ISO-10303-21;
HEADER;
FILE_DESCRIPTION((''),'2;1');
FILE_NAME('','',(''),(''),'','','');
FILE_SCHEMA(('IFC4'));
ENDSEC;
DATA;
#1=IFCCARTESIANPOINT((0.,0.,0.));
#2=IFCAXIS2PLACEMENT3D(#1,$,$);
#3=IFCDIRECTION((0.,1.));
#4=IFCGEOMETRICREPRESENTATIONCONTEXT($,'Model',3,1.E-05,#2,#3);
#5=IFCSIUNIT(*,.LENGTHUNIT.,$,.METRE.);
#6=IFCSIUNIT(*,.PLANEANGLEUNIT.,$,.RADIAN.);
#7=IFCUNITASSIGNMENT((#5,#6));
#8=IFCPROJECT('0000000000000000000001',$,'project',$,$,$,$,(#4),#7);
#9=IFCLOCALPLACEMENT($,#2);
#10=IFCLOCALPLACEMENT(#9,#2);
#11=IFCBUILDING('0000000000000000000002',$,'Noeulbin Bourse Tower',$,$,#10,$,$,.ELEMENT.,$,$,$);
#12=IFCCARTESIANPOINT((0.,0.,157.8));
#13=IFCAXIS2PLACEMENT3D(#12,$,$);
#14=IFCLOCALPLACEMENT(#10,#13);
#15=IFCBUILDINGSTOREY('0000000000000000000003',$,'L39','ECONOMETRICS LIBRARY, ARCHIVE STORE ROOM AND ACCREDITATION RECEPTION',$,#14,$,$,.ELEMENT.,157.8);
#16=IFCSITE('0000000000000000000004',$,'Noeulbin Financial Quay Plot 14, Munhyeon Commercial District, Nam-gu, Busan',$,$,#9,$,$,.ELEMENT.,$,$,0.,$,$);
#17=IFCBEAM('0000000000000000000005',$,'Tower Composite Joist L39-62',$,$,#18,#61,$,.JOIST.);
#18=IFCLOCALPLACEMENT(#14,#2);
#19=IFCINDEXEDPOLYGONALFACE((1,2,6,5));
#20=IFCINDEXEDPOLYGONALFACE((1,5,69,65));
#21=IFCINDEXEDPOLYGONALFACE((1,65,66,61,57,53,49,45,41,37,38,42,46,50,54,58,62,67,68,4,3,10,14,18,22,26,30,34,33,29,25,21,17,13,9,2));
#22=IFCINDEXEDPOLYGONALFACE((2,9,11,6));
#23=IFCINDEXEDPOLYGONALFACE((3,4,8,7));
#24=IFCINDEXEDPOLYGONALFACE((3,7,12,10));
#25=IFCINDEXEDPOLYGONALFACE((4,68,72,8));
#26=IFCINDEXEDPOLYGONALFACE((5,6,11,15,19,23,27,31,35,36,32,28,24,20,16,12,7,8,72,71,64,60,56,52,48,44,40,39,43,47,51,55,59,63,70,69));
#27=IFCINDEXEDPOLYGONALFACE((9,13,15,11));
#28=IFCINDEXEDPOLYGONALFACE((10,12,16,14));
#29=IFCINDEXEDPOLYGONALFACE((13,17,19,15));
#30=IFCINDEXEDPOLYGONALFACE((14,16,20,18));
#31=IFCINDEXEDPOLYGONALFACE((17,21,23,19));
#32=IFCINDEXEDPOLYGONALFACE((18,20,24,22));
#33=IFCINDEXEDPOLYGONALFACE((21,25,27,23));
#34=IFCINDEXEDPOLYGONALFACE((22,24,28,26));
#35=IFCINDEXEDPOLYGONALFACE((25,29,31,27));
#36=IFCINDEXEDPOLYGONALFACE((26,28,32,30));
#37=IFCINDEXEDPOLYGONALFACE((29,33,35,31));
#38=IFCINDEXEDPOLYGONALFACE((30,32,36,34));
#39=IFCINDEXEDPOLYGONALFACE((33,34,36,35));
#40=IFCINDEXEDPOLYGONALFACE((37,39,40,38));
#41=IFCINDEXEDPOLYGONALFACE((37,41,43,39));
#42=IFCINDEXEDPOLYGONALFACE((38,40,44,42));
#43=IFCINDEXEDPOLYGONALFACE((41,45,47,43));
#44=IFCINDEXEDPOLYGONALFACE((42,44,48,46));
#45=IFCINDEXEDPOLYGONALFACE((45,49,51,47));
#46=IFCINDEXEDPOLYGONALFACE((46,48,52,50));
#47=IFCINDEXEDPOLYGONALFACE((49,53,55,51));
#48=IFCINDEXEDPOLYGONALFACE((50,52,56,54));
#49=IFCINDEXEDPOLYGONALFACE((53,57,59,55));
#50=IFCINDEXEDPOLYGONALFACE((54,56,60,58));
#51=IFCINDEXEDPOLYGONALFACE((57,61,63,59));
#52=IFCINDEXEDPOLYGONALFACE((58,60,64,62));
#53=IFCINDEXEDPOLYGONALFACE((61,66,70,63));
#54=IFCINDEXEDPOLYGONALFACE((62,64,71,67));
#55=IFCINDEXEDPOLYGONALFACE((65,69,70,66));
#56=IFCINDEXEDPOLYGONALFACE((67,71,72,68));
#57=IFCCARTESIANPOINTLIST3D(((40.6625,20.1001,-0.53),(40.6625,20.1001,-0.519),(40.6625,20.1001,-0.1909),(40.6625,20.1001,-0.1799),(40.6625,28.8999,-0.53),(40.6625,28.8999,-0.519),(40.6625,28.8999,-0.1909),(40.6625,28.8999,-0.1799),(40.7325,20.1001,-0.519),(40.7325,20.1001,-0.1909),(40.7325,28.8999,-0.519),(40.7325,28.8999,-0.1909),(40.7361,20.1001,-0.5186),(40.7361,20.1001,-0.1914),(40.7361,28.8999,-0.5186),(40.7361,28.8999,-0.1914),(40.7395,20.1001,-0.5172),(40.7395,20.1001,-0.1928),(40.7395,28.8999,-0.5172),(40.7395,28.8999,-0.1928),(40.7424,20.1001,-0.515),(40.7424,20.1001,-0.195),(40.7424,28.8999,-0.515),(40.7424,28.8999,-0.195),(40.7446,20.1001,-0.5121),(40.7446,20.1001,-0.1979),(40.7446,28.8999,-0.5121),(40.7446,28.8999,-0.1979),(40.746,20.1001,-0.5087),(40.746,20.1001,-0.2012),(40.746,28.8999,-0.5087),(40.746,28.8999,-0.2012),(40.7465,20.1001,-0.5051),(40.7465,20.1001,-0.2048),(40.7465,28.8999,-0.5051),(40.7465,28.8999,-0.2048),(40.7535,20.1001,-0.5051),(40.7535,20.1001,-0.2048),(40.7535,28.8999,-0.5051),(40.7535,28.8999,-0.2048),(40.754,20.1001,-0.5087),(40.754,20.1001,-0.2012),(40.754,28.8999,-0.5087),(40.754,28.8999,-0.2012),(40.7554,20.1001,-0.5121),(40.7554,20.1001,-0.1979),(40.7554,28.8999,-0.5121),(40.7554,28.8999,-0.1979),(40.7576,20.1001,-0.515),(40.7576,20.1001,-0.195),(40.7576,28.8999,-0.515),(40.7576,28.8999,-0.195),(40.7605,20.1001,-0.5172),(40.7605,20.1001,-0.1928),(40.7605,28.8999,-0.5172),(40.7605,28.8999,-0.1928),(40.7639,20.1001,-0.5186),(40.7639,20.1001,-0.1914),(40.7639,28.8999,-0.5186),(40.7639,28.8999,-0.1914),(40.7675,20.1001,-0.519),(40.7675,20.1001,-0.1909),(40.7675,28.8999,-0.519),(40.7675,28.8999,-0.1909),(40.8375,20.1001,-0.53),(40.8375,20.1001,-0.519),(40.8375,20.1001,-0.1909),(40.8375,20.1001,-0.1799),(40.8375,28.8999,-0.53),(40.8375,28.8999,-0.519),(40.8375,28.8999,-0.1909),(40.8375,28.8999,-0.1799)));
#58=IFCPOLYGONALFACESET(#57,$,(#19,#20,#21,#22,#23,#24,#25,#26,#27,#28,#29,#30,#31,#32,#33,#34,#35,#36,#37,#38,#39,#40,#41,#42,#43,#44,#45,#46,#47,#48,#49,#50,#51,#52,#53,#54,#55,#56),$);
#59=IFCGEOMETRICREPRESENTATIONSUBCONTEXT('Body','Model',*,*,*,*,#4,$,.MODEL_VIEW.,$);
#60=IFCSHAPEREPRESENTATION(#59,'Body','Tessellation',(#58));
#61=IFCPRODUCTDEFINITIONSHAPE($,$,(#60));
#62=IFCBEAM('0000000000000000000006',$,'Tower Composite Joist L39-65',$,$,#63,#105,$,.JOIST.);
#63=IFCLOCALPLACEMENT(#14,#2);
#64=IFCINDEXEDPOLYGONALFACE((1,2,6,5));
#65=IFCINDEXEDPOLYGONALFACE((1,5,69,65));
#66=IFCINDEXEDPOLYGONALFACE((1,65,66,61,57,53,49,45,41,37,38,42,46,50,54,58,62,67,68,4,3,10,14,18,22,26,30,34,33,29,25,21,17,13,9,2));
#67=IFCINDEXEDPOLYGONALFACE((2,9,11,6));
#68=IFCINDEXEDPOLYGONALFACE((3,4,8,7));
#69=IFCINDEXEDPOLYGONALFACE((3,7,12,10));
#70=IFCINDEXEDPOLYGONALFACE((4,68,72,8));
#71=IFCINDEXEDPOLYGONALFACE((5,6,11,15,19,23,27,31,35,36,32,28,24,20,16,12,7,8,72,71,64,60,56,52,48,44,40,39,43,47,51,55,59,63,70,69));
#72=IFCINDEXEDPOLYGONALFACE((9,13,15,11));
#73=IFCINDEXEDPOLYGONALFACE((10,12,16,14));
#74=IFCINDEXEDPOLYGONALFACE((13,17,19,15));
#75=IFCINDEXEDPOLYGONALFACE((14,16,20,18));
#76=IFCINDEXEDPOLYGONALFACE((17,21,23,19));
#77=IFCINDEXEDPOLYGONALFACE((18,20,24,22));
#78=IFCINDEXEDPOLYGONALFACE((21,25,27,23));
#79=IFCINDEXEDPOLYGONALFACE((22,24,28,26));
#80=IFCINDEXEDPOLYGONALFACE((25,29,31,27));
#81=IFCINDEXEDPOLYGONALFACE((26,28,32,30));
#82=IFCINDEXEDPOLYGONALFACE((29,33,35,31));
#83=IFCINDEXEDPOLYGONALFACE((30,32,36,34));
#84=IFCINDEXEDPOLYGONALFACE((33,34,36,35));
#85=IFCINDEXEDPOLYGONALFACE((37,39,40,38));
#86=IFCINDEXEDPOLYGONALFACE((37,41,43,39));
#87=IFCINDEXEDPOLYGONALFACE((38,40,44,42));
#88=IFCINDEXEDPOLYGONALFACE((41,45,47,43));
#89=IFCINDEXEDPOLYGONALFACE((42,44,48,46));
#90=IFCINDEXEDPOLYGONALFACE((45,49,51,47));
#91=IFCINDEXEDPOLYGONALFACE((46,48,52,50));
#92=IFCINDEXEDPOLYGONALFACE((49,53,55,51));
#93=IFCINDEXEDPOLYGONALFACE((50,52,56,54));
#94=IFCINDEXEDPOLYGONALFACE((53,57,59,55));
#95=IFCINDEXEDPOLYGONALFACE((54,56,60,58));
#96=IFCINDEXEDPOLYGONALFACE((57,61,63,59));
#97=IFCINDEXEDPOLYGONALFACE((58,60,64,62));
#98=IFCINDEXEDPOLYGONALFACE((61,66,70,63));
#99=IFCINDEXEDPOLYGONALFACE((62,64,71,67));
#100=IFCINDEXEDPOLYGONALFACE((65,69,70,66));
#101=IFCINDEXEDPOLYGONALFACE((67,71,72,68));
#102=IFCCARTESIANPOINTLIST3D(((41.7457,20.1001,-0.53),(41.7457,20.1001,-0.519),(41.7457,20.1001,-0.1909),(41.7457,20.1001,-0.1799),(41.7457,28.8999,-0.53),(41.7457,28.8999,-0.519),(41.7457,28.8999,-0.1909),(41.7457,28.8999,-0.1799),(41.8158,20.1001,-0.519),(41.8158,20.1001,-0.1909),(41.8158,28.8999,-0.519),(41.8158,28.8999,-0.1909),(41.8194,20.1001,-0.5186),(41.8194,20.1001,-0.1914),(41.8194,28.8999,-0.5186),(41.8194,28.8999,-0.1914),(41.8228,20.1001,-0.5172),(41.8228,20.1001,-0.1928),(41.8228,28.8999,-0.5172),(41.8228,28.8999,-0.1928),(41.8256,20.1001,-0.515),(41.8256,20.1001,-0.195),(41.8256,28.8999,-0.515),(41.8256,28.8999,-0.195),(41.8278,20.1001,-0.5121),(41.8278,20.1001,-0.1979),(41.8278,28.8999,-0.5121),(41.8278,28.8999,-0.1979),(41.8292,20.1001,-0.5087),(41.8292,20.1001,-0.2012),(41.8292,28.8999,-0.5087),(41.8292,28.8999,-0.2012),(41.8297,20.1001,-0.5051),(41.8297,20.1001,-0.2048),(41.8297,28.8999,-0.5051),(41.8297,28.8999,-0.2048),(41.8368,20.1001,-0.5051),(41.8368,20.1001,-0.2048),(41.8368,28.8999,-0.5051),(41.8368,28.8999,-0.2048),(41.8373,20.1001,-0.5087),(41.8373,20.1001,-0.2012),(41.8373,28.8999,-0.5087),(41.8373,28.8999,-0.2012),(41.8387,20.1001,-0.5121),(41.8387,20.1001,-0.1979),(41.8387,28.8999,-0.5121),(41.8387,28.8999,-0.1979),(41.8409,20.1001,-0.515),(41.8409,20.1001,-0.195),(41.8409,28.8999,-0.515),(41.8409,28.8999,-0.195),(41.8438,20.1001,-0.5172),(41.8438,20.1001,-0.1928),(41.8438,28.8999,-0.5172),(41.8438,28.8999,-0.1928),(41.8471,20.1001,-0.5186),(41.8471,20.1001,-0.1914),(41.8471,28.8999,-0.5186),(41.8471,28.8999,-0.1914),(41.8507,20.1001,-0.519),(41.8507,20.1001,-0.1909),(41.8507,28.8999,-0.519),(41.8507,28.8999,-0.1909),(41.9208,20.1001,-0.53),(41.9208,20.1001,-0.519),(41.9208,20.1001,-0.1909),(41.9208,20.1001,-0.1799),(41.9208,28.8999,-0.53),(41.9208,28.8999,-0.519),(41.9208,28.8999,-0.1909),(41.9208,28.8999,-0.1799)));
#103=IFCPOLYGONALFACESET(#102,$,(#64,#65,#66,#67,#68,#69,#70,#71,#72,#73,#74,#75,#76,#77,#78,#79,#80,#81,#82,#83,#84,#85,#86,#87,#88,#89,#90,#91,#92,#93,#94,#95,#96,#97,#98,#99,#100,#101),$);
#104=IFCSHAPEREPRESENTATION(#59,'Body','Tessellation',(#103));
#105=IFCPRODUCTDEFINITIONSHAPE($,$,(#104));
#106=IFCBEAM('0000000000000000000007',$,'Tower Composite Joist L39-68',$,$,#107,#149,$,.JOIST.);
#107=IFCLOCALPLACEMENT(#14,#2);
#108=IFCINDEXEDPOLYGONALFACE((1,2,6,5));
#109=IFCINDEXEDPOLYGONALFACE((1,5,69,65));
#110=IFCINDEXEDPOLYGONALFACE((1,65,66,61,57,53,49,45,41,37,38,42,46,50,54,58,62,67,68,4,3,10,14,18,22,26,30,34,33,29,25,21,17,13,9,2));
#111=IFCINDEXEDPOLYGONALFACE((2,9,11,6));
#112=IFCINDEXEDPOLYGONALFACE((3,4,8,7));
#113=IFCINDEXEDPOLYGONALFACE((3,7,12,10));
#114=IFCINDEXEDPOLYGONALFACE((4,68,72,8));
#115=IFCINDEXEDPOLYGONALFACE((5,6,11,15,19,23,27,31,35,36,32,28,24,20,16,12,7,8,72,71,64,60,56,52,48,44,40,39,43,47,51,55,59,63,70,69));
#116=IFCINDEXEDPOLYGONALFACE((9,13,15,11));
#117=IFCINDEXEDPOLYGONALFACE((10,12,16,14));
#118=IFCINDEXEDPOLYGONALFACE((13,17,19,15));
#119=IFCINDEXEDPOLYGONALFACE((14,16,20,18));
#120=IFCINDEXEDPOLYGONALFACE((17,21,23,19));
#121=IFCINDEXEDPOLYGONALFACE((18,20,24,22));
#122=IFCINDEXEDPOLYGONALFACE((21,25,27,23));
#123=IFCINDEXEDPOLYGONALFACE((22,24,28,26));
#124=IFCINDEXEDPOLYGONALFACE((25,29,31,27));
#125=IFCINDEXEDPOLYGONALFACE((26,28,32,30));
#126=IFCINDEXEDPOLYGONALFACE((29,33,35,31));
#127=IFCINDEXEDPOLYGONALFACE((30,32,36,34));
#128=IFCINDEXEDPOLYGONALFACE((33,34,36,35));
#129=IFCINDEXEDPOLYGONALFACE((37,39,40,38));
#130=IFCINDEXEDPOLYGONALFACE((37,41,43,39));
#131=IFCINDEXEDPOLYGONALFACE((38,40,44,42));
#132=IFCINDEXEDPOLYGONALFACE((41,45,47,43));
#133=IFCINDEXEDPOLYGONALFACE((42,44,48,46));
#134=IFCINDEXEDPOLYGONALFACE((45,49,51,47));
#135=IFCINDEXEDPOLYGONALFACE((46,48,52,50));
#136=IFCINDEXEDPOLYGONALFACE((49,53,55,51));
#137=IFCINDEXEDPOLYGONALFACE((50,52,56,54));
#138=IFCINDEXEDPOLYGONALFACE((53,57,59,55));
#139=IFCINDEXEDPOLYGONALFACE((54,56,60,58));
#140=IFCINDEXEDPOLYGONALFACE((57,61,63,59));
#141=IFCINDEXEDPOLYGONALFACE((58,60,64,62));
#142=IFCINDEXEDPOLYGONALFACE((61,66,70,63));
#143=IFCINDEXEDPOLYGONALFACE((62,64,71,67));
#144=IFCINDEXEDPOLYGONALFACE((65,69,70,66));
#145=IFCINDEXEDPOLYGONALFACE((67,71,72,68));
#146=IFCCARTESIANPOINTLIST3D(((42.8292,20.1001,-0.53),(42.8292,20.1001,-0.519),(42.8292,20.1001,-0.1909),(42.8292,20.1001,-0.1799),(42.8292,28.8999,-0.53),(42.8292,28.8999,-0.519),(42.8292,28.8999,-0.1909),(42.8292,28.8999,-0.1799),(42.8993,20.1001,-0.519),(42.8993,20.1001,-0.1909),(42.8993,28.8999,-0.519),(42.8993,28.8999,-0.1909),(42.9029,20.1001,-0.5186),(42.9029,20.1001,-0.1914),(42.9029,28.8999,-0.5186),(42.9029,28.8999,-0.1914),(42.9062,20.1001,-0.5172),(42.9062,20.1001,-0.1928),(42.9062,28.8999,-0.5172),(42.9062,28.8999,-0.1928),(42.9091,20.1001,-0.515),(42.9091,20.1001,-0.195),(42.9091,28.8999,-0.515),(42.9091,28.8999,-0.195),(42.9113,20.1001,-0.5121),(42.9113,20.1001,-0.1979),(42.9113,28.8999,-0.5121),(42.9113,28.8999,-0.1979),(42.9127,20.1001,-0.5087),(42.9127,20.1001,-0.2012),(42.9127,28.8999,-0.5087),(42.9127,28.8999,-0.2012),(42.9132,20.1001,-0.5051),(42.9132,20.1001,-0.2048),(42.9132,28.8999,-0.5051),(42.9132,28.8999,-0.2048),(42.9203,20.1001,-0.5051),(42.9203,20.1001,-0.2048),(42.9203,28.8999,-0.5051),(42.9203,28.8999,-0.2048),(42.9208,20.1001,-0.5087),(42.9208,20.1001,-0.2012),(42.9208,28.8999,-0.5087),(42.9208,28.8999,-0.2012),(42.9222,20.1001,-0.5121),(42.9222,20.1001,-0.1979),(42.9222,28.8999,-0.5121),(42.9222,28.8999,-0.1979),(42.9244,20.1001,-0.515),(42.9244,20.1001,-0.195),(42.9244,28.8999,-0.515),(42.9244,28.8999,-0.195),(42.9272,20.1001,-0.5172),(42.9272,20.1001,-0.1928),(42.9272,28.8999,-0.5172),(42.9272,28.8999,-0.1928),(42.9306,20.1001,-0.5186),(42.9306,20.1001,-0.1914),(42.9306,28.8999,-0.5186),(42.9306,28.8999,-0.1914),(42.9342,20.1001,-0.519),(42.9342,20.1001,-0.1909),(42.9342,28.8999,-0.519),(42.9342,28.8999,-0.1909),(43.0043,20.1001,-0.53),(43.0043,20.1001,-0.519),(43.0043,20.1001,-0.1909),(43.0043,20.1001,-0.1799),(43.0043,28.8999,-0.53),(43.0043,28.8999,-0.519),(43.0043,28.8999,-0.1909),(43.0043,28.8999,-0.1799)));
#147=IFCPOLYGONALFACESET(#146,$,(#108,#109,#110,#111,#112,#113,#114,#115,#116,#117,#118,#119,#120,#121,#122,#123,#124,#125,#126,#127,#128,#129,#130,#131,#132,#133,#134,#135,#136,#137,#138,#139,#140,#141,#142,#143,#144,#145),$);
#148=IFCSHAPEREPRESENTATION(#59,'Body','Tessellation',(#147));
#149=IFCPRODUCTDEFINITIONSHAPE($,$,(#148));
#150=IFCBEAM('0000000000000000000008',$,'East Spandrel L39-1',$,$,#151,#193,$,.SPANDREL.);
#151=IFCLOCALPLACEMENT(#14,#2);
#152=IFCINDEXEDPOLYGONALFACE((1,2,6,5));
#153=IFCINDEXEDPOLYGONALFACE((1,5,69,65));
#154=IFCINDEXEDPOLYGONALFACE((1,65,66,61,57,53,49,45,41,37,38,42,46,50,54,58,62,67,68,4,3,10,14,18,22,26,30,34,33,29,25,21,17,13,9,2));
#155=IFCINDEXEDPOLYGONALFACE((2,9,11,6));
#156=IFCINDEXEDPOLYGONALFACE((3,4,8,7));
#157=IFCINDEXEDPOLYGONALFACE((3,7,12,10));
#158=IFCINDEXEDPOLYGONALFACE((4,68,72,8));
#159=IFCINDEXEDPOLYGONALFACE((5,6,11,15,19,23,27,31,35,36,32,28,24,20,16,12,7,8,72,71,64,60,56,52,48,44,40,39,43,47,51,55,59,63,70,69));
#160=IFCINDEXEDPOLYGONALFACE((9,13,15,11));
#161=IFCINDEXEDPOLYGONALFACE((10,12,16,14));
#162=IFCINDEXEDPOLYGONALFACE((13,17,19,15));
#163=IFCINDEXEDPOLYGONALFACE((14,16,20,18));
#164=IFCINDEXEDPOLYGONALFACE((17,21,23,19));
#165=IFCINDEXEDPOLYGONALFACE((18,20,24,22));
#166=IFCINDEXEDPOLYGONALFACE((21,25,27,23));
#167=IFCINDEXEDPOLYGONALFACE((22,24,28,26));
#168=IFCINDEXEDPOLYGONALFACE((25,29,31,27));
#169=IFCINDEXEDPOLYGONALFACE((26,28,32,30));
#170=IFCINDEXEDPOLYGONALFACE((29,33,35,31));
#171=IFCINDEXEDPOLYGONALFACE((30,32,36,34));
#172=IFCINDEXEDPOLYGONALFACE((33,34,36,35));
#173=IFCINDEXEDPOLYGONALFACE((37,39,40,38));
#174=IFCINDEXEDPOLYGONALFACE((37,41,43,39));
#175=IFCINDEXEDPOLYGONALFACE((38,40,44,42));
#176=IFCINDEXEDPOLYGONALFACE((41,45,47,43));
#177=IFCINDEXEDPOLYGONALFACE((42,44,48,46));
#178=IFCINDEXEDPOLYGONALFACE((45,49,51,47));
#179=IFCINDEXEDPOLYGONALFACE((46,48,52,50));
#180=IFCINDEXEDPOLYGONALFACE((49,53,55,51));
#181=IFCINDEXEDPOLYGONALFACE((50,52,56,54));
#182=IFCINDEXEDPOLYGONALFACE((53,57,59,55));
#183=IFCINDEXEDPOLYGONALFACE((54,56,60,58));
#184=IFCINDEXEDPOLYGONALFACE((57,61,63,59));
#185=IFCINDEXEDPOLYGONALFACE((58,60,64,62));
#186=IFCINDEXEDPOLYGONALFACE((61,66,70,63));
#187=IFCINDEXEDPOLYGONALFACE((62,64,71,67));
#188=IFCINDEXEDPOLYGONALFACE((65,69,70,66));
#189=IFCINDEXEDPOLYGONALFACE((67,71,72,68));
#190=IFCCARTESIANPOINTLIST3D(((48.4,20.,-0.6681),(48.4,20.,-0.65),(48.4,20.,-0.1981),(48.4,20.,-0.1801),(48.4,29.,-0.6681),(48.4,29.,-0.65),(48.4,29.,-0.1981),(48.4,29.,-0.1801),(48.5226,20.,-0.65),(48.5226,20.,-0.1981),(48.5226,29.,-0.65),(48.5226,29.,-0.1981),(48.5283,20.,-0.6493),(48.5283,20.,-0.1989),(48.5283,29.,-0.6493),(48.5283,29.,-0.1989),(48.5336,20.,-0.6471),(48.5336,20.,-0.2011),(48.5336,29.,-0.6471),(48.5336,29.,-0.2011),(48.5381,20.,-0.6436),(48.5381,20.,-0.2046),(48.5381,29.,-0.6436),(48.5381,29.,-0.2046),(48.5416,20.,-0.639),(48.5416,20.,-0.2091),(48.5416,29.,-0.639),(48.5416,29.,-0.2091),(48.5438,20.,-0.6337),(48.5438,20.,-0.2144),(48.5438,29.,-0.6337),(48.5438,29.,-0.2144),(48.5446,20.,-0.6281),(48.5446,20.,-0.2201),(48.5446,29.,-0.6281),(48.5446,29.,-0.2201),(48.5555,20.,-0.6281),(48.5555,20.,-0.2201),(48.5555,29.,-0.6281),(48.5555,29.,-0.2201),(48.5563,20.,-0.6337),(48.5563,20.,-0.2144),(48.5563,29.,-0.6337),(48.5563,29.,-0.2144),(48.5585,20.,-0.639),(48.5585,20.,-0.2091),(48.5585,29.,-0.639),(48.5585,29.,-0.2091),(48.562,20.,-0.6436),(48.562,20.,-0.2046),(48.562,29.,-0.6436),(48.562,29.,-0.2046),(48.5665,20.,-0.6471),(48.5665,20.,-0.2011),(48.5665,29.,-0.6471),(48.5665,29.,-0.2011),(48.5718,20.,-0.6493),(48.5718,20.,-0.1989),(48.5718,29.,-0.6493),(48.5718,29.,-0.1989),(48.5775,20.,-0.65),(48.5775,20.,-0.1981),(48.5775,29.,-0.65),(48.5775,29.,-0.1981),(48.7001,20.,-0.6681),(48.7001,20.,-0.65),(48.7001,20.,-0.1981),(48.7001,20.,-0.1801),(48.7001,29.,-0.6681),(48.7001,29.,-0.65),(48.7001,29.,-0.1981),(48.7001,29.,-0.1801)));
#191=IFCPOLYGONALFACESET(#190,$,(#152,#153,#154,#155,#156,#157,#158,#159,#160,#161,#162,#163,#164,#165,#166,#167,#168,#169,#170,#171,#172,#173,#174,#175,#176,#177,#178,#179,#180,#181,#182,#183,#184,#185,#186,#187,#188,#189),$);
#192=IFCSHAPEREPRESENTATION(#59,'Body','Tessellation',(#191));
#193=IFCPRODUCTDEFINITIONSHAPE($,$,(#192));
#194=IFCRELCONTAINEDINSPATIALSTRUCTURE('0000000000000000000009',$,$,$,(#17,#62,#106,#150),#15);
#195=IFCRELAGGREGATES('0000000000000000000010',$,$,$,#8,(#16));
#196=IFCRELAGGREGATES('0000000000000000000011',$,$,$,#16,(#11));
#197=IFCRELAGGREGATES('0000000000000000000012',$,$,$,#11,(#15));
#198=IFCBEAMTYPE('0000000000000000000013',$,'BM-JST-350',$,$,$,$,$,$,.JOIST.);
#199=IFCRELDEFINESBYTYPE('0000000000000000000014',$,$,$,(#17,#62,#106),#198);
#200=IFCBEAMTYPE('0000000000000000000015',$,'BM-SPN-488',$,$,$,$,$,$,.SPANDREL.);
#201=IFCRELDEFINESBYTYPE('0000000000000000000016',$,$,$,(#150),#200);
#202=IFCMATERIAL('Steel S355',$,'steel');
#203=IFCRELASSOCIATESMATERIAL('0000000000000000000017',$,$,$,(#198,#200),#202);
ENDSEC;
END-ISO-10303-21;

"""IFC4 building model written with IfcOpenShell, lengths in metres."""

from ifc_helpers import new_model, si_unit, direction, frame, origin, origin_2d, place, context, subcontext, project, spatial, i_section, extrude, material, material_profile, profile_set, type_object, element, save


model = new_model("IFC4")

# Units and contexts
model_context = context("Model", 3, precision=1e-05, world=origin(), true_north=direction((0.0, 1.0)))
body_context = subcontext(model_context, "Body", "Model", "MODEL_VIEW")
ifc_project = project(units=[si_unit("LENGTHUNIT", "METRE"), si_unit("PLANEANGLEUNIT", "RADIAN")], contexts=[model_context])

# Site, building, storey
site_placement = place(None, origin())
site = spatial("IfcSite", under=ifc_project, at=site_placement, Name="Noeulbin Financial Quay Plot 14, Munhyeon Commercial District, Nam-gu, Busan", CompositionType="ELEMENT", RefElevation=0.0)
building_placement = place(site_placement, origin())
building = spatial("IfcBuilding", under=site, at=building_placement, Name="Noeulbin Bourse Tower", CompositionType="ELEMENT")
storey_placement = place(building_placement, frame((0.0, 0.0, 157.8)))
storey = spatial("IfcBuildingStorey", under=building, at=storey_placement, Name="L39", Description="ECONOMETRICS LIBRARY, ARCHIVE STORE ROOM AND ACCREDITATION RECEPTION", CompositionType="ELEMENT", Elevation=157.8)

# Shared definitions
ifc_material_1 = material(Name="Steel S355", Category="steel")

# Beams
ifc_material_profile_1 = material_profile(ifc_material_1, i_section(OverallWidth=0.175, OverallDepth=0.3501, WebThickness=0.0071, FlangeThickness=0.011, FilletRadius=0.0139, at=origin_2d()), Name="H-350x175x7x11", Category="LoadBearing")
ifc_profile_set_1 = profile_set([ifc_material_profile_1], Name="Steel S355")
beam_type_1 = type_object("IfcBeamType", Name="BM-JST-350", PredefinedType="JOIST", material=ifc_profile_set_1)
for number, where, z_axis, x_axis, name in (
    (1, (40.75, 20.1001, -0.355), (0.0, 1.0, 0.0), (-1.0, 0.0, 0.0), "Tower Composite Joist L39-62"),
    (2, (41.8333, 20.1001, -0.355), (0.0, 1.0, 0.0), (-1.0, 0.0, 0.0), "Tower Composite Joist L39-65"),
    (3, (42.9167, 20.1001, -0.355), (0.0, 1.0, 0.0), (-1.0, 0.0, 0.0), "Tower Composite Joist L39-68"),
):
    element("IfcBeam", number, at=place(storey_placement, frame(where, z_axis=z_axis, x_axis=x_axis)), inside=storey, type_object=beam_type_1, Name=name, PredefinedType="JOIST", context=body_context, shape_type="SweptSolid", body=[
        extrude(i_section(OverallWidth=0.175, OverallDepth=0.3501, WebThickness=0.0071, FlangeThickness=0.011, FilletRadius=0.0139, at=origin_2d()), origin(), (0.0, 0.0, 1.0), 8.7998),
    ])
ifc_material_profile_2 = material_profile(ifc_material_1, i_section(OverallWidth=0.3, OverallDepth=0.488, WebThickness=0.011, FlangeThickness=0.0181, FilletRadius=0.022, at=origin_2d()), Name="H-488x300x11x18", Category="LoadBearing")
ifc_profile_set_2 = profile_set([ifc_material_profile_2], Name="Steel S355")
beam_type_2 = type_object("IfcBeamType", Name="BM-SPN-488", PredefinedType="SPANDREL", material=ifc_profile_set_2)
beam_1_placement = place(storey_placement, frame((48.55, 20.0, -0.4241), z_axis=(0.0, 1.0, 0.0), x_axis=(-1.0, 0.0, 0.0)))
element("IfcBeam", 4, at=beam_1_placement, inside=storey, type_object=beam_type_2, Name="East Spandrel L39-1", PredefinedType="SPANDREL", context=body_context, shape_type="SweptSolid", body=[
    extrude(i_section(OverallWidth=0.3, OverallDepth=0.488, WebThickness=0.011, FlangeThickness=0.0181, FilletRadius=0.022, at=origin_2d()), origin(), (0.0, 0.0, 1.0), 9.0),
])

save(model, "model.ifc")
